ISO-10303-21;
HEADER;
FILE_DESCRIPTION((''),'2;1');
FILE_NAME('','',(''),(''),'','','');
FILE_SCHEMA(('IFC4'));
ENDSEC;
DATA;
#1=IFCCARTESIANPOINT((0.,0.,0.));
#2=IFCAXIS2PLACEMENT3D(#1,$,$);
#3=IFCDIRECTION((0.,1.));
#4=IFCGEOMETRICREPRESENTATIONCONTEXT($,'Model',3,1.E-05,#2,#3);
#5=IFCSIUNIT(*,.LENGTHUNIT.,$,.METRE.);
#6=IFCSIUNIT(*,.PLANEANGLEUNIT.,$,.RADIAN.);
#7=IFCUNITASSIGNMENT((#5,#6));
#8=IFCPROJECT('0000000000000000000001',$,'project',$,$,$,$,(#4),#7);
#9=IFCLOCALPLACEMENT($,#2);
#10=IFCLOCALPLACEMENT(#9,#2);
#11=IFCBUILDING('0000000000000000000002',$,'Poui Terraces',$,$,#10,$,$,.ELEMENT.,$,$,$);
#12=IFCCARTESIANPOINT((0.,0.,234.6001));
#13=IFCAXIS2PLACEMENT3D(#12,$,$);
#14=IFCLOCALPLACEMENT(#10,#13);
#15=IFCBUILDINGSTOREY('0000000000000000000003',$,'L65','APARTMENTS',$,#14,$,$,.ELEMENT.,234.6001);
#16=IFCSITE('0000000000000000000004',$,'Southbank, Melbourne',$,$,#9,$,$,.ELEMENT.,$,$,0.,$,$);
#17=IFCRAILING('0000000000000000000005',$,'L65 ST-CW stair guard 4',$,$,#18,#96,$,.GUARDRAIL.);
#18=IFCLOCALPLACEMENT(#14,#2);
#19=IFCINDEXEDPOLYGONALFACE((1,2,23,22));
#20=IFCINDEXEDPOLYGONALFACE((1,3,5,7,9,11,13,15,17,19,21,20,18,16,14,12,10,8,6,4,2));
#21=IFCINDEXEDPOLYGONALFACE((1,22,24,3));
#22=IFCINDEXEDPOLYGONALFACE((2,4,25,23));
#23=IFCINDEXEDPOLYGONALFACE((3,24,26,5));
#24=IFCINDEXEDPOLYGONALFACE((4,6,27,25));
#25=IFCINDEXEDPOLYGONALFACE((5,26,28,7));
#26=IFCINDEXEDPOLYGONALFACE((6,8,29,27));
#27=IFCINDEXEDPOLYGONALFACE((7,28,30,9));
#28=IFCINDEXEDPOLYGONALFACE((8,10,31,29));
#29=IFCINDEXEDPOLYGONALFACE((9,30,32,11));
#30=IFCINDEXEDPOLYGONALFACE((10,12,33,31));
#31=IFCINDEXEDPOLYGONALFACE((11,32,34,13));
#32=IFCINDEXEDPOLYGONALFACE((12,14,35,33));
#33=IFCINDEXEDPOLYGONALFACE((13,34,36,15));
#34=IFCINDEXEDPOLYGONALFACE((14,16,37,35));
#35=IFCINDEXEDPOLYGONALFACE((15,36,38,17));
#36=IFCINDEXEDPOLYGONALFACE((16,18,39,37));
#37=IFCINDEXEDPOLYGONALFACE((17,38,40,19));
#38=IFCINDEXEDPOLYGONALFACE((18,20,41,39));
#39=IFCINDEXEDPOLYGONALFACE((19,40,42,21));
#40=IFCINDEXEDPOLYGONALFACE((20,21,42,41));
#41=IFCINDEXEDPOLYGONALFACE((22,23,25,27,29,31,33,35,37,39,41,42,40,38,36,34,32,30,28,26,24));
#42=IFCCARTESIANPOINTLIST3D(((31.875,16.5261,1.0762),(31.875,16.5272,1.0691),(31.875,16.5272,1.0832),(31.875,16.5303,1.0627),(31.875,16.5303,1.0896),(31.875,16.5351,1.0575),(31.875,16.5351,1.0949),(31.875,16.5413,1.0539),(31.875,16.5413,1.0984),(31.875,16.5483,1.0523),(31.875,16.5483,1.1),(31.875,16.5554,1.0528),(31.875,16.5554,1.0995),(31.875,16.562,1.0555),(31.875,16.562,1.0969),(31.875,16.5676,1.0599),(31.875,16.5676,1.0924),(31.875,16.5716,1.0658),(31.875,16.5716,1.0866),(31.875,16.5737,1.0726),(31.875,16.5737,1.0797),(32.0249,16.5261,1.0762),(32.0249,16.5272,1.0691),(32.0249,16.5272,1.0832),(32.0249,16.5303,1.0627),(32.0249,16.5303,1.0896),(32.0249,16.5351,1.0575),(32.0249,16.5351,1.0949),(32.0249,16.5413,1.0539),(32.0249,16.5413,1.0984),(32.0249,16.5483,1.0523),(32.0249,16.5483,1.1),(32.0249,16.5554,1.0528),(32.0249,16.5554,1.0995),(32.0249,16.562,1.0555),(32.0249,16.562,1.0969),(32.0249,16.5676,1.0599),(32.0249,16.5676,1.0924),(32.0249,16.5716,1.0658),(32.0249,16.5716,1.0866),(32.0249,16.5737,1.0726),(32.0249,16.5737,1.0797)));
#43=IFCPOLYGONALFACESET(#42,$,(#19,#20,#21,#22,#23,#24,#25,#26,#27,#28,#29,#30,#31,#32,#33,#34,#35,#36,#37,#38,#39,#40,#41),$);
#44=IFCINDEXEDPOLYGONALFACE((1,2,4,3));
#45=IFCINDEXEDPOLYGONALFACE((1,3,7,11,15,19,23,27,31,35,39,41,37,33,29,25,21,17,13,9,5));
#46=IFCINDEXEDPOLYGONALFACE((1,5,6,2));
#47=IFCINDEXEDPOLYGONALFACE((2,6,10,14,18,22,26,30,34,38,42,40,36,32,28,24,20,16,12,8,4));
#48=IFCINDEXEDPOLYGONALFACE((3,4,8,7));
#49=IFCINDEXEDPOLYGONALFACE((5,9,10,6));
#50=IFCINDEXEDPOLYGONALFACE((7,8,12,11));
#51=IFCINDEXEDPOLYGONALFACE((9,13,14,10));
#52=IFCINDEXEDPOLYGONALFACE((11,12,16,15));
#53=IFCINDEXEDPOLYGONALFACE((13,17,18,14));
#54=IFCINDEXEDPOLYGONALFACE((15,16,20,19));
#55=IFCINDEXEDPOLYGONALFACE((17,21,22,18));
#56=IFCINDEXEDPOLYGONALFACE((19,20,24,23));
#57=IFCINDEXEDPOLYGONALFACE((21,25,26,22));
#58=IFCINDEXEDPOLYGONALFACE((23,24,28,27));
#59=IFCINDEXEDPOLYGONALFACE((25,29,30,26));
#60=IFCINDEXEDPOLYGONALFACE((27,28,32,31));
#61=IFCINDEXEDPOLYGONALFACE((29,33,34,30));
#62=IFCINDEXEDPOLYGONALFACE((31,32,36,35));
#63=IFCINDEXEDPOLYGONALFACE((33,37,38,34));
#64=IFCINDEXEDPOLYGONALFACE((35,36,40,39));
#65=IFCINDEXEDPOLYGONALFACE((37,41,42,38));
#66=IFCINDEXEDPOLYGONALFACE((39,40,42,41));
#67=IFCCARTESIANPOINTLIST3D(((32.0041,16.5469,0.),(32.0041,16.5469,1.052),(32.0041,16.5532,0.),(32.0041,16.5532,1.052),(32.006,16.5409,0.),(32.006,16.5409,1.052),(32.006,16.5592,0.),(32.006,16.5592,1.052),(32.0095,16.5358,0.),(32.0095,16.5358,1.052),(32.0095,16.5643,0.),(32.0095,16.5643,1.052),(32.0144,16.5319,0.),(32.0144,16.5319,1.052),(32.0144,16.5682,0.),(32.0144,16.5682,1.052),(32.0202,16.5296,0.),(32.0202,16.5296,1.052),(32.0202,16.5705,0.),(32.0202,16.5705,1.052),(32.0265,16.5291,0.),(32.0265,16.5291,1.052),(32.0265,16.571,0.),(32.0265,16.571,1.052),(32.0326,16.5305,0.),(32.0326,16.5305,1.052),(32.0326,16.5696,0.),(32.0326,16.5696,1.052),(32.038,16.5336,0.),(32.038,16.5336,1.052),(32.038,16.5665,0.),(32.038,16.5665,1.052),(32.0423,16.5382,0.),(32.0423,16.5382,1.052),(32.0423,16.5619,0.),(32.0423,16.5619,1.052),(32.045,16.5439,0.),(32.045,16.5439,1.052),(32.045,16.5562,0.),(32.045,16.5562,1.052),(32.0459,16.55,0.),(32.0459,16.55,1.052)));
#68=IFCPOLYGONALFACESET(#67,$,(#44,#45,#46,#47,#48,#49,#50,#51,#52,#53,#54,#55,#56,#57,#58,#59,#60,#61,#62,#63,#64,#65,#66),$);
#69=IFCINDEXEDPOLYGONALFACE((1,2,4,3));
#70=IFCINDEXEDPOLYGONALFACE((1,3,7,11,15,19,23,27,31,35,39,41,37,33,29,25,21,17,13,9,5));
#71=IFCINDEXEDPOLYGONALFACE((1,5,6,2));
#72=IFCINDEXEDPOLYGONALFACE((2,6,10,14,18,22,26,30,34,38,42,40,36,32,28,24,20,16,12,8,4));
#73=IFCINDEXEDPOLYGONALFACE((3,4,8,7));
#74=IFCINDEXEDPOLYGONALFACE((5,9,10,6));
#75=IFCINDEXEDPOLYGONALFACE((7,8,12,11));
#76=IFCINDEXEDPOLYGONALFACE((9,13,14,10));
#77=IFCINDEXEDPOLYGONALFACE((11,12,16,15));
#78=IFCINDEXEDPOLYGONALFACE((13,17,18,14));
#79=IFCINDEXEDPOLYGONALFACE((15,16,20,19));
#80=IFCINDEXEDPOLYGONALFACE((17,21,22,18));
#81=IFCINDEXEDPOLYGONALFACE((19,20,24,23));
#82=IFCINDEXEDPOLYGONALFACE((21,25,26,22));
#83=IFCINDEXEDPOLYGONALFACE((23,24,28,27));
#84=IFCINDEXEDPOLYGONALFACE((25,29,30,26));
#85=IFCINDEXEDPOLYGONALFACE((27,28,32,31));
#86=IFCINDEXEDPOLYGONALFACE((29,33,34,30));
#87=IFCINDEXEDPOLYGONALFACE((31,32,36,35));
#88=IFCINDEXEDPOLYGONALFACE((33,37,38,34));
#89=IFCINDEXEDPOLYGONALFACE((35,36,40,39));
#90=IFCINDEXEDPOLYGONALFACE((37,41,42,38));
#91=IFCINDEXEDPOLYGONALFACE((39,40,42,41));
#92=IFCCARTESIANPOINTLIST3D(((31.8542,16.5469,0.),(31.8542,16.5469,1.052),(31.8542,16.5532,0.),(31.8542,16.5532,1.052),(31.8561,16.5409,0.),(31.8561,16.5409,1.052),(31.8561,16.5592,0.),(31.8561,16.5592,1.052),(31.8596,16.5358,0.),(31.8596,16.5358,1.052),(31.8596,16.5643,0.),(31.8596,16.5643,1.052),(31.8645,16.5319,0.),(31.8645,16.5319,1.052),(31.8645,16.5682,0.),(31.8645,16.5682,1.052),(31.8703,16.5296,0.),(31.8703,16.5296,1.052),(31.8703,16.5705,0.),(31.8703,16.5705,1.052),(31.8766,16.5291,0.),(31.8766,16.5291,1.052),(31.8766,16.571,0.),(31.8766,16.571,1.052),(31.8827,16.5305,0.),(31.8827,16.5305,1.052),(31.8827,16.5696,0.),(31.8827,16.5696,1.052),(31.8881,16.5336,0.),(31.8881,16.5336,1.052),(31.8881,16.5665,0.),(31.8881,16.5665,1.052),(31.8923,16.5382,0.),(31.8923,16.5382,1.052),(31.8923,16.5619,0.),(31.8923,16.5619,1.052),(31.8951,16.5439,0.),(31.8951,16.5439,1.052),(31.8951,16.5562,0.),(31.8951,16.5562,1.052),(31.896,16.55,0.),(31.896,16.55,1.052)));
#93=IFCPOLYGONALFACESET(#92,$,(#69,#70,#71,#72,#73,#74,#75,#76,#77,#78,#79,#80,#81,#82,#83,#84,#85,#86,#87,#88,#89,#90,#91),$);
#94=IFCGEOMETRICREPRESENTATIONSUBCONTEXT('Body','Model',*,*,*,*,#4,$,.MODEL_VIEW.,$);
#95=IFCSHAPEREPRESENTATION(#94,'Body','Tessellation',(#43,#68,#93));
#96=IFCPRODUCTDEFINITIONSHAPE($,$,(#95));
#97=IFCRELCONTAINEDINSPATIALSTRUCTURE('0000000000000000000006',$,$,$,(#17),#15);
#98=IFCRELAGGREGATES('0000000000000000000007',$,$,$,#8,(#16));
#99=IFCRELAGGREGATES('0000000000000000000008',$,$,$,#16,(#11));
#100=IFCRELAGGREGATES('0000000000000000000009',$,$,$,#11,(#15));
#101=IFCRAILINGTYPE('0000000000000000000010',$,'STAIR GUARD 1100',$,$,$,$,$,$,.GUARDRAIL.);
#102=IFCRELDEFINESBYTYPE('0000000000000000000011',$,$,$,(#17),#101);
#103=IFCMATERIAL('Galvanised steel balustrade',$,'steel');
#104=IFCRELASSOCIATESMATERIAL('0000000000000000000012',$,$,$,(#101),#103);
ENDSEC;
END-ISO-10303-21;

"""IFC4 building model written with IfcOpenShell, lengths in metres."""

from ifc_helpers import new_model, si_unit, direction, frame, origin, origin_2d, place, context, subcontext, project, spatial, circle, extrude, material, type_object, element, save


model = new_model("IFC4")

# Units and contexts
model_context = context("Model", 3, precision=1e-05, world=origin(), true_north=direction((0.0, 1.0)))
body_context = subcontext(model_context, "Body", "Model", "MODEL_VIEW")
ifc_project = project(units=[si_unit("LENGTHUNIT", "METRE"), si_unit("PLANEANGLEUNIT", "RADIAN")], contexts=[model_context])

# Site, building, storey
site_placement = place(None, origin())
site = spatial("IfcSite", under=ifc_project, at=site_placement, Name="Southbank, Melbourne", CompositionType="ELEMENT", RefElevation=0.0)
building_placement = place(site_placement, origin())
building = spatial("IfcBuilding", under=site, at=building_placement, Name="Poui Terraces", CompositionType="ELEMENT")
storey_placement = place(building_placement, frame((0.0, 0.0, 234.6001)))
storey = spatial("IfcBuildingStorey", under=building, at=storey_placement, Name="L65", Description="APARTMENTS", CompositionType="ELEMENT", Elevation=234.6001)

# Railing
ifc_material_1 = material(Name="Galvanised steel balustrade", Category="steel")
railing_type_1 = type_object("IfcRailingType", Name="STAIR GUARD 1100", PredefinedType="GUARDRAIL", material=ifc_material_1)
railing_1_placement = place(storey_placement, frame((32.0249, 16.55, 0.0)))
element("IfcRailing", 1, at=railing_1_placement, inside=storey, type_object=railing_type_1, Name="L65 ST-CW stair guard 4", PredefinedType="GUARDRAIL", context=body_context, shape_type="SweptSolid", body=[
    extrude(circle(Radius=0.0239, at=origin_2d()), frame((0.0, 0.0, 1.0762), z_axis=(-1.0, 0.0, 0.0), x_axis=(0.0, -1.0, 0.0)), (0.0, 0.0, 1.0), 0.1499),
    extrude(circle(Radius=0.021, at=origin_2d()), origin(), (0.0, 0.0, 1.0), 1.052),
    extrude(circle(Radius=0.021, at=origin_2d()), frame((-0.1499, 0.0, 0.0)), (0.0, 0.0, 1.0), 1.052),
])

save(model, "model.ifc")
